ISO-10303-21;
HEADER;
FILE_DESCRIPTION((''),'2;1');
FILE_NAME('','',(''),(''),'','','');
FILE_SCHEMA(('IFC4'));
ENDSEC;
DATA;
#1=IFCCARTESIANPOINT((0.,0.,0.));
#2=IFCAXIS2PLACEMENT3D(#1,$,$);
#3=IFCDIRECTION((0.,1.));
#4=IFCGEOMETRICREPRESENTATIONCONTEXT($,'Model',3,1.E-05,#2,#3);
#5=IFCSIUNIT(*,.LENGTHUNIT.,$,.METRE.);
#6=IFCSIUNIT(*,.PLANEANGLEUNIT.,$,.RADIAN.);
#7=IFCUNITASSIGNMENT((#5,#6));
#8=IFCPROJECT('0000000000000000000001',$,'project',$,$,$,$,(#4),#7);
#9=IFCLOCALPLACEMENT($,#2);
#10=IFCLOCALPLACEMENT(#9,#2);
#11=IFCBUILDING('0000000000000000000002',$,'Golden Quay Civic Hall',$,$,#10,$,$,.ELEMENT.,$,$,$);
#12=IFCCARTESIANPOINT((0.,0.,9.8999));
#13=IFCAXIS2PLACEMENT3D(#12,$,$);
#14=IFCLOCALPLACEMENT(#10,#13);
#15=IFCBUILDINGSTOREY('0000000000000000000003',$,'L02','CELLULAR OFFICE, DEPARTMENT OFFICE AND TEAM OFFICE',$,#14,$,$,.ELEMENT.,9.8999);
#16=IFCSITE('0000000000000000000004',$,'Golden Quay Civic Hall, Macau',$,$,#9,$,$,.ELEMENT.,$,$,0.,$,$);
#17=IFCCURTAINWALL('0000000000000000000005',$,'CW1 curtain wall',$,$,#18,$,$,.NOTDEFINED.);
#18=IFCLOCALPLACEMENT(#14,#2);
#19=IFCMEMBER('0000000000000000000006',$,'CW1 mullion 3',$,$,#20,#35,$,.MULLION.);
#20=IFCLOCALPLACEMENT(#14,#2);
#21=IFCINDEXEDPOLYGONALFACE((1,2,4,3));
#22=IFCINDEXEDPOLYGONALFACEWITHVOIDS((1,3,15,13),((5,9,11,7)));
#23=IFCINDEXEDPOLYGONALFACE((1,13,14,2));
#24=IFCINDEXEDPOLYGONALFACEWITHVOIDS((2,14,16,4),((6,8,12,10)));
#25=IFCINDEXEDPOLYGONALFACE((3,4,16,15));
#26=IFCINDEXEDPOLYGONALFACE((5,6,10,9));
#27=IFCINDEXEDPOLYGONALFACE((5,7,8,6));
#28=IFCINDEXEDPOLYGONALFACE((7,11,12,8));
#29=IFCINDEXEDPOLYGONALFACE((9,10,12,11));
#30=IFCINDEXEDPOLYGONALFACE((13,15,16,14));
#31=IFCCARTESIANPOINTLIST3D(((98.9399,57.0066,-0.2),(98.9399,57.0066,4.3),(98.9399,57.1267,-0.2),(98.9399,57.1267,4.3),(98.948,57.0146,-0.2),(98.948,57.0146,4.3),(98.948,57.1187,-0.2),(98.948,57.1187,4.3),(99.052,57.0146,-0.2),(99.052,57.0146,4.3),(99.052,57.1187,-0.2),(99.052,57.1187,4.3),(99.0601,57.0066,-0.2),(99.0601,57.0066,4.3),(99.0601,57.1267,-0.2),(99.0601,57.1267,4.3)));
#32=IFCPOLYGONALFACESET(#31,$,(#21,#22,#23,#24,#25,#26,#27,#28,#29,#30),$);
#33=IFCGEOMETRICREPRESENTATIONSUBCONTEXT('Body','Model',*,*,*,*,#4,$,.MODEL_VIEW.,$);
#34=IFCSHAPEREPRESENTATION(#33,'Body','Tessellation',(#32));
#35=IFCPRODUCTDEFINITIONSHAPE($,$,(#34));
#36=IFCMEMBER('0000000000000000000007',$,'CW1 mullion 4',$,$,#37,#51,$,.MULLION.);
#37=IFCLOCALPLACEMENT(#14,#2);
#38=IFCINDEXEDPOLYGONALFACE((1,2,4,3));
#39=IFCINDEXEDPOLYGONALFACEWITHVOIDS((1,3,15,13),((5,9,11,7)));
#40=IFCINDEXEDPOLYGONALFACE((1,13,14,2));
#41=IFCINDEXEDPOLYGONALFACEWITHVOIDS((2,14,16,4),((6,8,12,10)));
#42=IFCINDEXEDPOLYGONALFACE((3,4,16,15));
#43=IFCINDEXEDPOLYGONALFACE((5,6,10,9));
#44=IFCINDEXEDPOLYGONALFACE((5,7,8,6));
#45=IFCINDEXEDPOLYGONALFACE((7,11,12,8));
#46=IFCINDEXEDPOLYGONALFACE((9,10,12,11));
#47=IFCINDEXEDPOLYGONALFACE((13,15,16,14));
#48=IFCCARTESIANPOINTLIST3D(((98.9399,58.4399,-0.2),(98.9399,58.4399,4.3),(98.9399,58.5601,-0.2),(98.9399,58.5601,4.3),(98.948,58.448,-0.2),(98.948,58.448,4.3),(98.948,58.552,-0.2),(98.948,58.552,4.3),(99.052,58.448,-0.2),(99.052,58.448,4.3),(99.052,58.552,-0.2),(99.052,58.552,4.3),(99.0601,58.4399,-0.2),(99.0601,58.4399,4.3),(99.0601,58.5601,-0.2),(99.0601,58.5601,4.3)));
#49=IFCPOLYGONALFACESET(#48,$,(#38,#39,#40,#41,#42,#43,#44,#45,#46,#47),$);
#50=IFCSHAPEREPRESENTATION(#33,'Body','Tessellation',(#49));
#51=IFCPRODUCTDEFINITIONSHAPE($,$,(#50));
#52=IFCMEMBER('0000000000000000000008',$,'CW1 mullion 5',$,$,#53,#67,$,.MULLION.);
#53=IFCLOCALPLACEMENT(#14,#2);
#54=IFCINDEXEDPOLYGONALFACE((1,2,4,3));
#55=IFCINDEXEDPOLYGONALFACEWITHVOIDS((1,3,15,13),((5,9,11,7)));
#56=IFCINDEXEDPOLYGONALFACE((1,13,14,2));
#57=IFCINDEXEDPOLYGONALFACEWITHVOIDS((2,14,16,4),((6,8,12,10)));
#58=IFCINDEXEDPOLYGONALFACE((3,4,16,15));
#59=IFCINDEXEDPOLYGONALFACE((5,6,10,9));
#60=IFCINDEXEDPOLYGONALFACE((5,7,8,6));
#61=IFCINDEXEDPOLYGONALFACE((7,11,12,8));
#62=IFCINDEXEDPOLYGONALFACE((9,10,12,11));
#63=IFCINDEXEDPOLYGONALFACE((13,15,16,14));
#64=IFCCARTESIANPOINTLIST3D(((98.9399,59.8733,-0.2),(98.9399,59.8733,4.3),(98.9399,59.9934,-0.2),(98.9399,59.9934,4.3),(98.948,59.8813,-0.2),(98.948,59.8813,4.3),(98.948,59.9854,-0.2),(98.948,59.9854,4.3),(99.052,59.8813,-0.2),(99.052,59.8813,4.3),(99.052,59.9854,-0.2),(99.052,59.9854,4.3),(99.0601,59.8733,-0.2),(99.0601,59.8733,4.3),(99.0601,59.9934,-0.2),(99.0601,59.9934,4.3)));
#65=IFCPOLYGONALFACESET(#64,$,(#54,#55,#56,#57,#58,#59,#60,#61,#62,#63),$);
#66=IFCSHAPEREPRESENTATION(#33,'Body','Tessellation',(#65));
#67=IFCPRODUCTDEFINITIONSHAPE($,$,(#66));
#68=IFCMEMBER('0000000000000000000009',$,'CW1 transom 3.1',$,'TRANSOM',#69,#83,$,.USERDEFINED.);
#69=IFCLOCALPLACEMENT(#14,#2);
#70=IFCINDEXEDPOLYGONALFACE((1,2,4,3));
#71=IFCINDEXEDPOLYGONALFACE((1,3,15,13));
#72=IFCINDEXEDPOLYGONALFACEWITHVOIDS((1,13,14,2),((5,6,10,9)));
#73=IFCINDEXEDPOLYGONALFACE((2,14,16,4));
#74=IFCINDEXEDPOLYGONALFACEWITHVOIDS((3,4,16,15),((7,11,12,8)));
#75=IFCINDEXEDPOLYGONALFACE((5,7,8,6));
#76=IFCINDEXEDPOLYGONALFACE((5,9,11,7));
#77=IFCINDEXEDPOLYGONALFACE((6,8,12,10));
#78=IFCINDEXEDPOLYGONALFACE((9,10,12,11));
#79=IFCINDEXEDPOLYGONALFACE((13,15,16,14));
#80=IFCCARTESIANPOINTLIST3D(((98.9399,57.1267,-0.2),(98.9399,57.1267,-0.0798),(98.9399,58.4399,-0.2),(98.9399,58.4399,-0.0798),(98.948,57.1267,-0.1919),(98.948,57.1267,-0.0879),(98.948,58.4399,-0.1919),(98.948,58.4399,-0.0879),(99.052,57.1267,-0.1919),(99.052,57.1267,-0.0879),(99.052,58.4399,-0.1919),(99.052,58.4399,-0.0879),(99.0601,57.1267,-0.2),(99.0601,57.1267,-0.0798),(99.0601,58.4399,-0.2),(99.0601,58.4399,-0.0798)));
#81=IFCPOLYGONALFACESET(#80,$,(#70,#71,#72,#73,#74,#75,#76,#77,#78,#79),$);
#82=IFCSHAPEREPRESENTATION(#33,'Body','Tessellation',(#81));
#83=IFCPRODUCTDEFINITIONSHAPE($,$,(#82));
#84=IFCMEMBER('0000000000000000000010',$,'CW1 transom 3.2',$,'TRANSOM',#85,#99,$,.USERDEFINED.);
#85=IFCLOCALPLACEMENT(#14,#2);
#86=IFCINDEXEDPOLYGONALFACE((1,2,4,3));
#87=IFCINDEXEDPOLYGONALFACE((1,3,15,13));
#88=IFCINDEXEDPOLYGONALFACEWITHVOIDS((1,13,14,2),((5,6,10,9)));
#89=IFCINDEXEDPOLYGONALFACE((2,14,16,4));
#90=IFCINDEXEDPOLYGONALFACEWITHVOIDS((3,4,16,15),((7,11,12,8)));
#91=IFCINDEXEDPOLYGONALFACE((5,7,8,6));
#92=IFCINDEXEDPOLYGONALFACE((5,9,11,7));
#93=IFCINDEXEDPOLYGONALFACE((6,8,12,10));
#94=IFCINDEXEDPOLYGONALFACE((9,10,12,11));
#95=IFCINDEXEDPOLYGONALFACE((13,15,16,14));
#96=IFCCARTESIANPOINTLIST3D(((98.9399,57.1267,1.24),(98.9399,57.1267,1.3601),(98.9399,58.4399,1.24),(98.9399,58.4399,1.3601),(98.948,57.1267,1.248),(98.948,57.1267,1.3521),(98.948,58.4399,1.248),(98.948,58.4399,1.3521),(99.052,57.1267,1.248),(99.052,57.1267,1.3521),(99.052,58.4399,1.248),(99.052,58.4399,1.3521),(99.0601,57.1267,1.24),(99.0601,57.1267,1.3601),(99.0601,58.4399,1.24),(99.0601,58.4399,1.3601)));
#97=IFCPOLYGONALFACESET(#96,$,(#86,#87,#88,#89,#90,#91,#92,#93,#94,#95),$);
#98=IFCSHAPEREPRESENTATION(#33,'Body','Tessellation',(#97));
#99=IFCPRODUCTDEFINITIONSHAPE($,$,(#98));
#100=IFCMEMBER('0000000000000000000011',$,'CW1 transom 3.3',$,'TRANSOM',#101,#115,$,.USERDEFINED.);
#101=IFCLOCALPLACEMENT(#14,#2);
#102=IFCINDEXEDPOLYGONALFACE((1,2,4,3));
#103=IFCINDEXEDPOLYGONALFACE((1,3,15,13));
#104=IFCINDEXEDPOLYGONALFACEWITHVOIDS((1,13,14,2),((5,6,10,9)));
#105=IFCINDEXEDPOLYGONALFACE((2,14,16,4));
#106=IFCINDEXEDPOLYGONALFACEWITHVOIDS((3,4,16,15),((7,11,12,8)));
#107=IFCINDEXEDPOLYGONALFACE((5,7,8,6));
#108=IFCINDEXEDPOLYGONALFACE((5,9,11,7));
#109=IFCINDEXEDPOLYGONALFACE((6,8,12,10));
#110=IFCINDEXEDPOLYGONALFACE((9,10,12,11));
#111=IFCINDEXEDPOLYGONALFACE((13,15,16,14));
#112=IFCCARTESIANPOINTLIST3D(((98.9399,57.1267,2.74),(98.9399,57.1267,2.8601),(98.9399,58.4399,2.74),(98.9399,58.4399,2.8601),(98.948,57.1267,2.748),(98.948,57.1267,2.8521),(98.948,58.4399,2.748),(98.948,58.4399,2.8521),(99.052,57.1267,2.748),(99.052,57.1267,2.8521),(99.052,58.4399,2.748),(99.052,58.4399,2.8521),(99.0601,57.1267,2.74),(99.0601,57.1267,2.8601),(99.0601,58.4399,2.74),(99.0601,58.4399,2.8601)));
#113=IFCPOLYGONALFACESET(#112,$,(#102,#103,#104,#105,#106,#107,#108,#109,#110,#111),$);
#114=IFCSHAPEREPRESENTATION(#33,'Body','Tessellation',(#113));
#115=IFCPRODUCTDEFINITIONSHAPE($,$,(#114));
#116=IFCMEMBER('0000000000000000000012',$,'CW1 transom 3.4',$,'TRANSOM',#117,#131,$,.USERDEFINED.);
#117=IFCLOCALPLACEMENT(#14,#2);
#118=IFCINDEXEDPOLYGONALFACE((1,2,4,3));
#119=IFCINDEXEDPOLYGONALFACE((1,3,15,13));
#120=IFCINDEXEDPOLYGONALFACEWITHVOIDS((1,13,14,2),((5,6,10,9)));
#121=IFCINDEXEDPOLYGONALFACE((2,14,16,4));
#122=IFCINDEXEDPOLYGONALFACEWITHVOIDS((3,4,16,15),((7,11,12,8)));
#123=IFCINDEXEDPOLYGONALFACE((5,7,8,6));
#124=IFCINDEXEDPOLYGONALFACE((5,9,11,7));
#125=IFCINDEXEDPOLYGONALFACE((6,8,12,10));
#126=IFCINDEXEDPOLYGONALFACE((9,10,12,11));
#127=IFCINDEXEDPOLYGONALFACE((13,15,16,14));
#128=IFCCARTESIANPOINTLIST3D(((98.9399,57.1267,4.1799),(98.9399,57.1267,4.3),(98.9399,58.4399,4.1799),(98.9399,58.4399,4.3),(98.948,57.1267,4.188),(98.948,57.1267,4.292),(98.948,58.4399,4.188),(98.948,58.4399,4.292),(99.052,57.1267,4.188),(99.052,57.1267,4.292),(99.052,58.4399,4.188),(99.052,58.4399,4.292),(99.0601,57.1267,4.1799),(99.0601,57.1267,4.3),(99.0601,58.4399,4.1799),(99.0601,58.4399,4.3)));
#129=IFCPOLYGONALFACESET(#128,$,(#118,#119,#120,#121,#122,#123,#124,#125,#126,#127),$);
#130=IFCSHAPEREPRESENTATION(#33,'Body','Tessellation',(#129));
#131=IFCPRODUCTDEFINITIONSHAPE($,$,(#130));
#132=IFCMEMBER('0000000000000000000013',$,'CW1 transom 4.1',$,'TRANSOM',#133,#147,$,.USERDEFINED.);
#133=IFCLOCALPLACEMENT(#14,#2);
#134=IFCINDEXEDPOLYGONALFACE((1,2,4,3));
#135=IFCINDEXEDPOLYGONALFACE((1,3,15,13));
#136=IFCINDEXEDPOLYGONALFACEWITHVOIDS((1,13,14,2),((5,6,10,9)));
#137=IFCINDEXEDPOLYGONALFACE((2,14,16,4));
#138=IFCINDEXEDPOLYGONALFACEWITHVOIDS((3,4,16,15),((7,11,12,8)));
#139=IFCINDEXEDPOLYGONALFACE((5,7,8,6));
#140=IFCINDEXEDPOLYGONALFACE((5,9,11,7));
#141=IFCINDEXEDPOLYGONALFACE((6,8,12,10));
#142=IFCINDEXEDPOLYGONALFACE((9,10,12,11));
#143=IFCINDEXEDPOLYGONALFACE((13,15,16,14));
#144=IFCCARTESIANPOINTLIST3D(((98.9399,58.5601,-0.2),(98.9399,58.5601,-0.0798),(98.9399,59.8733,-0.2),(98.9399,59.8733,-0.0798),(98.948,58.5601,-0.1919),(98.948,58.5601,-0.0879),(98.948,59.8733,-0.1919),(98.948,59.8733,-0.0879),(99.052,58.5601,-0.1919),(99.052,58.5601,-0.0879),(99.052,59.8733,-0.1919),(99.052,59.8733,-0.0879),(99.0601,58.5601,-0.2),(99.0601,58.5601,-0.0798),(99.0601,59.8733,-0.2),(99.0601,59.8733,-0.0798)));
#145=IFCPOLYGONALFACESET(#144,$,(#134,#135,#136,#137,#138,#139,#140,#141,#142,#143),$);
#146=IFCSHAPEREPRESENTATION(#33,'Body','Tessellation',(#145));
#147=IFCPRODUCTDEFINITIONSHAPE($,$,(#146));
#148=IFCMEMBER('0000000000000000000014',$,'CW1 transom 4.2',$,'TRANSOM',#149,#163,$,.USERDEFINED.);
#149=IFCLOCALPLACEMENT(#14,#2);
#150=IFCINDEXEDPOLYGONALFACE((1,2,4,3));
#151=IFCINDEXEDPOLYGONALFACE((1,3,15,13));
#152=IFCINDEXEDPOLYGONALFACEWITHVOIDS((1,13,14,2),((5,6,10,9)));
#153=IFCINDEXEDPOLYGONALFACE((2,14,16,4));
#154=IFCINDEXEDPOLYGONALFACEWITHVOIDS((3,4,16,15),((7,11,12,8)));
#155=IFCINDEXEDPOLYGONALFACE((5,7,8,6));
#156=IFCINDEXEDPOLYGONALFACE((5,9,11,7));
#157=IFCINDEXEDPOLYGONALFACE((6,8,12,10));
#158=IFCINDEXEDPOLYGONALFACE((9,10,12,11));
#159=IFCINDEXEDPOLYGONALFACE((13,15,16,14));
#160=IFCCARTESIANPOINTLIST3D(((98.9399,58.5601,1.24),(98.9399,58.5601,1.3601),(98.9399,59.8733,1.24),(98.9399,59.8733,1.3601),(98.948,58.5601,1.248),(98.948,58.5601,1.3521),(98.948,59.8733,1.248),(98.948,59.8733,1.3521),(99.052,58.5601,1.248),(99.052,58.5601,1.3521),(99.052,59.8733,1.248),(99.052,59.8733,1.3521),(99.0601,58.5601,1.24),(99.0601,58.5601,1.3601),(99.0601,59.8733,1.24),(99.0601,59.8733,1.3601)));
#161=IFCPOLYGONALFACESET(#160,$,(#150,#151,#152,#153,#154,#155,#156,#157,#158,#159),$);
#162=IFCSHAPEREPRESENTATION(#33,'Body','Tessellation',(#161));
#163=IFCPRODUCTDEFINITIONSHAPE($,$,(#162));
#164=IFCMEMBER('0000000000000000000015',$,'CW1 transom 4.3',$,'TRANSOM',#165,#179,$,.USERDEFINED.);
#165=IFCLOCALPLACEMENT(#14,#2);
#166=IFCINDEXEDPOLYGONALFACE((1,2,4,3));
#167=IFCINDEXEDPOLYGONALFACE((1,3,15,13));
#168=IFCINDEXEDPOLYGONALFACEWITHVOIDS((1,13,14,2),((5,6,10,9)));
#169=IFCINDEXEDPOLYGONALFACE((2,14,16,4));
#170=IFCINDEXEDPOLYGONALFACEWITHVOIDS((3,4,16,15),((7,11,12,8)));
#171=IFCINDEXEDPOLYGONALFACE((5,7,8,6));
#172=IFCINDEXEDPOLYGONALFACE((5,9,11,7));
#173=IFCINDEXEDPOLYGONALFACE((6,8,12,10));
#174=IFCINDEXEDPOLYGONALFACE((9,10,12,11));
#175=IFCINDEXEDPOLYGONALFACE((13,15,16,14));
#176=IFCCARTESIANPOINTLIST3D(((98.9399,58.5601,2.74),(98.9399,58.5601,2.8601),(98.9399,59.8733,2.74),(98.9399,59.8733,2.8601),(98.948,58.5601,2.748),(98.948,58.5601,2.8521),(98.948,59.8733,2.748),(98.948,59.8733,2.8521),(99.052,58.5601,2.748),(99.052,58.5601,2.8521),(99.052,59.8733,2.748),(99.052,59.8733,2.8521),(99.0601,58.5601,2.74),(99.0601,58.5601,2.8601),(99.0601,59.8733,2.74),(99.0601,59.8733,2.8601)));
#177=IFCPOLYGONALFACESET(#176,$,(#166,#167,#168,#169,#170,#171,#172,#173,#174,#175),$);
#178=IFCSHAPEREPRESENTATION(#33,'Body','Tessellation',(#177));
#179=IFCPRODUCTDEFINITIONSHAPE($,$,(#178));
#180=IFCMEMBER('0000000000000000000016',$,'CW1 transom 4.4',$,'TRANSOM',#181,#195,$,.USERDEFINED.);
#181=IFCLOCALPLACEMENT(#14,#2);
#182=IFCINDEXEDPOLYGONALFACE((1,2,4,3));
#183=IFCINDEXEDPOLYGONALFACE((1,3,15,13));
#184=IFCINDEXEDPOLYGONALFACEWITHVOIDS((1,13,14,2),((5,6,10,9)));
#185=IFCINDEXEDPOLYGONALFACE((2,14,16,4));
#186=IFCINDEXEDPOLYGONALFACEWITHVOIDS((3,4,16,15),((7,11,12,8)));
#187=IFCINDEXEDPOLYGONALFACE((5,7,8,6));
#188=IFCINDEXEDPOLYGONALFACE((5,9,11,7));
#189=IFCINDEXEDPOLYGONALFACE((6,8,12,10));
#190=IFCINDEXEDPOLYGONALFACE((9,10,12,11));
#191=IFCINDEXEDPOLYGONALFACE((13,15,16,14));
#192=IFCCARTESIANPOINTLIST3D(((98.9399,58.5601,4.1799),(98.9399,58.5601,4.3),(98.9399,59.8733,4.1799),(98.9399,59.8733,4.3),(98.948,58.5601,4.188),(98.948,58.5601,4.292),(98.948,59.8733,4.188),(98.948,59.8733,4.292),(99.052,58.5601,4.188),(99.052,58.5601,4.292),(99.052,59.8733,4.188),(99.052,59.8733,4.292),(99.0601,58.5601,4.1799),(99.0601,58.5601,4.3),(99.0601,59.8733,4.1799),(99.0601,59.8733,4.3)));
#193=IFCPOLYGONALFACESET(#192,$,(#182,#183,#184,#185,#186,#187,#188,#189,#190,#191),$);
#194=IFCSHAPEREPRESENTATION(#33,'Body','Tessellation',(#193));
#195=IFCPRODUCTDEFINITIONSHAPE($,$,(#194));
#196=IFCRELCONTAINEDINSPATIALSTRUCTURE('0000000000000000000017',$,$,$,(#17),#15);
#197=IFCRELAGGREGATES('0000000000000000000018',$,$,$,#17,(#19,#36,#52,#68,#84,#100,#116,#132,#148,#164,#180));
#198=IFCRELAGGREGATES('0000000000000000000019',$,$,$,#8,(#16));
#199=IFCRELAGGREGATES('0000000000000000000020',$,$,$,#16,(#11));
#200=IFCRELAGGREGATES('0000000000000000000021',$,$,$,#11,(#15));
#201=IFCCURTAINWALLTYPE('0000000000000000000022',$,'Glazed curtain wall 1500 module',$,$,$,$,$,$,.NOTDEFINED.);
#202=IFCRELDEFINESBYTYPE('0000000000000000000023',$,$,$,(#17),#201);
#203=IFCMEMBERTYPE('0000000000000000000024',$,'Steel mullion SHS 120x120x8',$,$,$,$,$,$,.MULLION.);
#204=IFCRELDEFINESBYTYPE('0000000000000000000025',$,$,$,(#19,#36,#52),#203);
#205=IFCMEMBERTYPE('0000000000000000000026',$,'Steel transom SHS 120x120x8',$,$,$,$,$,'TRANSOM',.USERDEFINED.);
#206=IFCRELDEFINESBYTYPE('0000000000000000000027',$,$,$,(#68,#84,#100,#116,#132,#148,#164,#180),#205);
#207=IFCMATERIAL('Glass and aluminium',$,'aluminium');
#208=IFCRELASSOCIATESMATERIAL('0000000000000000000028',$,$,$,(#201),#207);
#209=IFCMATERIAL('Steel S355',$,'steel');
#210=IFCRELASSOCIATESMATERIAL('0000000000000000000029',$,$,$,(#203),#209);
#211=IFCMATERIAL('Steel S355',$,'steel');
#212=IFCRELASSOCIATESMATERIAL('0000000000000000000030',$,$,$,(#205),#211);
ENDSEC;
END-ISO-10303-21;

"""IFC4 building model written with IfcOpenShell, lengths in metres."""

from ifc_helpers import new_model, si_unit, direction, frame, origin, origin_2d, place, context, subcontext, project, spatial, hollow_rectangle, extrude, material, material_profile, profile_set, type_object, element, aggregate, save


model = new_model("IFC4")

# Units and contexts
model_context = context("Model", 3, precision=1e-05, world=origin(), true_north=direction((0.0, 1.0)))
body_context = subcontext(model_context, "Body", "Model", "MODEL_VIEW")
ifc_project = project(units=[si_unit("LENGTHUNIT", "METRE"), si_unit("PLANEANGLEUNIT", "RADIAN")], contexts=[model_context])

# Site, building, storey
site_placement = place(None, origin())
site = spatial("IfcSite", under=ifc_project, at=site_placement, Name="Golden Quay Civic Hall, Macau", CompositionType="ELEMENT", RefElevation=0.0)
building_placement = place(site_placement, origin())
building = spatial("IfcBuilding", under=site, at=building_placement, Name="Golden Quay Civic Hall", CompositionType="ELEMENT")
storey_placement = place(building_placement, frame((0.0, 0.0, 9.8999)))
storey = spatial("IfcBuildingStorey", under=building, at=storey_placement, Name="L02", Description="CELLULAR OFFICE, DEPARTMENT OFFICE AND TEAM OFFICE", CompositionType="ELEMENT", Elevation=9.8999)

# Curtain wall, members
ifc_material_1 = material(Name="Glass and aluminium", Category="aluminium")
curtain_wall_type = type_object("IfcCurtainWallType", Name="Glazed curtain wall 1500 module", PredefinedType="NOTDEFINED", material=ifc_material_1)
curtain_wall_placement = place(storey_placement, origin())
curtain_wall = element("IfcCurtainWall", 1, at=curtain_wall_placement, inside=storey, type_object=curtain_wall_type, Name="CW1 curtain wall", PredefinedType="NOTDEFINED")
ifc_material_2 = material(Name="Steel S355", Category="steel")
ifc_material_profile_1 = material_profile(ifc_material_2, hollow_rectangle(XDim=0.1201, YDim=0.1201, WallThickness=0.0081, at=origin_2d()), Name="SHS 120x120x8")
ifc_profile_set_1 = profile_set([ifc_material_profile_1], Name="Steel S355")
member_type_1 = type_object("IfcMemberType", Name="Steel mullion SHS 120x120x8", PredefinedType="MULLION", material=ifc_profile_set_1)
member_1_placement = place(storey_placement, frame((99.0, 57.0667, -0.2), z_axis=(0.0, 0.0, 1.0), x_axis=(-1.0, 0.0, 0.0)))
member_1 = element("IfcMember", 2, at=member_1_placement, type_object=member_type_1, Name="CW1 mullion 3", PredefinedType="MULLION", context=body_context, shape_type="SweptSolid", body=[
    extrude(hollow_rectangle(XDim=0.1201, YDim=0.1201, WallThickness=0.0081, at=origin_2d()), origin(), (0.0, 0.0, 1.0), 4.5),
])
member_2_placement = place(storey_placement, frame((99.0, 58.5, -0.2), z_axis=(0.0, 0.0, 1.0), x_axis=(-1.0, 0.0, 0.0)))
member_2 = element("IfcMember", 3, at=member_2_placement, type_object=member_type_1, Name="CW1 mullion 4", PredefinedType="MULLION", context=body_context, shape_type="SweptSolid", body=[
    extrude(hollow_rectangle(XDim=0.1201, YDim=0.1201, WallThickness=0.0081, at=origin_2d()), origin(), (0.0, 0.0, 1.0), 4.5),
])
member_3_placement = place(storey_placement, frame((99.0, 59.9333, -0.2), z_axis=(0.0, 0.0, 1.0), x_axis=(-1.0, 0.0, 0.0)))
member_3 = element("IfcMember", 4, at=member_3_placement, type_object=member_type_1, Name="CW1 mullion 5", PredefinedType="MULLION", context=body_context, shape_type="SweptSolid", body=[
    extrude(hollow_rectangle(XDim=0.1201, YDim=0.1201, WallThickness=0.0081, at=origin_2d()), origin(), (0.0, 0.0, 1.0), 4.5),
])
ifc_material_3 = material(Name="Steel S355", Category="steel")
ifc_material_profile_2 = material_profile(ifc_material_3, hollow_rectangle(XDim=0.1201, YDim=0.1201, WallThickness=0.0081, at=origin_2d()), Name="SHS 120x120x8")
ifc_profile_set_2 = profile_set([ifc_material_profile_2], Name="Steel S355")
member_type_2 = type_object("IfcMemberType", Name="Steel transom SHS 120x120x8", ElementType="TRANSOM", PredefinedType="USERDEFINED", material=ifc_profile_set_2)
member_4_placement = place(storey_placement, frame((99.0, 57.1267, -0.1399), z_axis=(0.0, 1.0, 0.0), x_axis=(-1.0, 0.0, 0.0)))
member_4 = element("IfcMember", 5, at=member_4_placement, type_object=member_type_2, Name="CW1 transom 3.1", ObjectType="TRANSOM", PredefinedType="USERDEFINED", context=body_context, shape_type="SweptSolid", body=[
    extrude(hollow_rectangle(XDim=0.1201, YDim=0.1201, WallThickness=0.0081, at=origin_2d()), origin(), (0.0, 0.0, 1.0), 1.3132),
])
member_5_placement = place(storey_placement, frame((99.0, 57.1267, 1.3), z_axis=(0.0, 1.0, 0.0), x_axis=(-1.0, 0.0, 0.0)))
member_5 = element("IfcMember", 6, at=member_5_placement, type_object=member_type_2, Name="CW1 transom 3.2", ObjectType="TRANSOM", PredefinedType="USERDEFINED", context=body_context, shape_type="SweptSolid", body=[
    extrude(hollow_rectangle(XDim=0.1201, YDim=0.1201, WallThickness=0.0081, at=origin_2d()), origin(), (0.0, 0.0, 1.0), 1.3132),
])
member_6_placement = place(storey_placement, frame((99.0, 57.1267, 2.8), z_axis=(0.0, 1.0, 0.0), x_axis=(-1.0, 0.0, 0.0)))
member_6 = element("IfcMember", 7, at=member_6_placement, type_object=member_type_2, Name="CW1 transom 3.3", ObjectType="TRANSOM", PredefinedType="USERDEFINED", context=body_context, shape_type="SweptSolid", body=[
    extrude(hollow_rectangle(XDim=0.1201, YDim=0.1201, WallThickness=0.0081, at=origin_2d()), origin(), (0.0, 0.0, 1.0), 1.3132),
])
member_7_placement = place(storey_placement, frame((99.0, 57.1267, 4.24), z_axis=(0.0, 1.0, 0.0), x_axis=(-1.0, 0.0, 0.0)))
member_7 = element("IfcMember", 8, at=member_7_placement, type_object=member_type_2, Name="CW1 transom 3.4", ObjectType="TRANSOM", PredefinedType="USERDEFINED", context=body_context, shape_type="SweptSolid", body=[
    extrude(hollow_rectangle(XDim=0.1201, YDim=0.1201, WallThickness=0.0081, at=origin_2d()), origin(), (0.0, 0.0, 1.0), 1.3132),
])
member_8_placement = place(storey_placement, frame((99.0, 58.5601, -0.1399), z_axis=(0.0, 1.0, 0.0), x_axis=(-1.0, 0.0, 0.0)))
member_8 = element("IfcMember", 9, at=member_8_placement, type_object=member_type_2, Name="CW1 transom 4.1", ObjectType="TRANSOM", PredefinedType="USERDEFINED", context=body_context, shape_type="SweptSolid", body=[
    extrude(hollow_rectangle(XDim=0.1201, YDim=0.1201, WallThickness=0.0081, at=origin_2d()), origin(), (0.0, 0.0, 1.0), 1.3132),
])
member_9_placement = place(storey_placement, frame((99.0, 58.5601, 1.3), z_axis=(0.0, 1.0, 0.0), x_axis=(-1.0, 0.0, 0.0)))
member_9 = element("IfcMember", 10, at=member_9_placement, type_object=member_type_2, Name="CW1 transom 4.2", ObjectType="TRANSOM", PredefinedType="USERDEFINED", context=body_context, shape_type="SweptSolid", body=[
    extrude(hollow_rectangle(XDim=0.1201, YDim=0.1201, WallThickness=0.0081, at=origin_2d()), origin(), (0.0, 0.0, 1.0), 1.3132),
])
member_10_placement = place(storey_placement, frame((99.0, 58.5601, 2.8), z_axis=(0.0, 1.0, 0.0), x_axis=(-1.0, 0.0, 0.0)))
member_10 = element("IfcMember", 11, at=member_10_placement, type_object=member_type_2, Name="CW1 transom 4.3", ObjectType="TRANSOM", PredefinedType="USERDEFINED", context=body_context, shape_type="SweptSolid", body=[
    extrude(hollow_rectangle(XDim=0.1201, YDim=0.1201, WallThickness=0.0081, at=origin_2d()), origin(), (0.0, 0.0, 1.0), 1.3132),
])
member_11_placement = place(storey_placement, frame((99.0, 58.5601, 4.24), z_axis=(0.0, 1.0, 0.0), x_axis=(-1.0, 0.0, 0.0)))
member_11 = element("IfcMember", 12, at=member_11_placement, type_object=member_type_2, Name="CW1 transom 4.4", ObjectType="TRANSOM", PredefinedType="USERDEFINED", context=body_context, shape_type="SweptSolid", body=[
    extrude(hollow_rectangle(XDim=0.1201, YDim=0.1201, WallThickness=0.0081, at=origin_2d()), origin(), (0.0, 0.0, 1.0), 1.3132),
])
aggregate(curtain_wall, [member_1, member_2, member_3, member_4, member_5, member_6, member_7, member_8, member_9, member_10, member_11])

save(model, "model.ifc")
